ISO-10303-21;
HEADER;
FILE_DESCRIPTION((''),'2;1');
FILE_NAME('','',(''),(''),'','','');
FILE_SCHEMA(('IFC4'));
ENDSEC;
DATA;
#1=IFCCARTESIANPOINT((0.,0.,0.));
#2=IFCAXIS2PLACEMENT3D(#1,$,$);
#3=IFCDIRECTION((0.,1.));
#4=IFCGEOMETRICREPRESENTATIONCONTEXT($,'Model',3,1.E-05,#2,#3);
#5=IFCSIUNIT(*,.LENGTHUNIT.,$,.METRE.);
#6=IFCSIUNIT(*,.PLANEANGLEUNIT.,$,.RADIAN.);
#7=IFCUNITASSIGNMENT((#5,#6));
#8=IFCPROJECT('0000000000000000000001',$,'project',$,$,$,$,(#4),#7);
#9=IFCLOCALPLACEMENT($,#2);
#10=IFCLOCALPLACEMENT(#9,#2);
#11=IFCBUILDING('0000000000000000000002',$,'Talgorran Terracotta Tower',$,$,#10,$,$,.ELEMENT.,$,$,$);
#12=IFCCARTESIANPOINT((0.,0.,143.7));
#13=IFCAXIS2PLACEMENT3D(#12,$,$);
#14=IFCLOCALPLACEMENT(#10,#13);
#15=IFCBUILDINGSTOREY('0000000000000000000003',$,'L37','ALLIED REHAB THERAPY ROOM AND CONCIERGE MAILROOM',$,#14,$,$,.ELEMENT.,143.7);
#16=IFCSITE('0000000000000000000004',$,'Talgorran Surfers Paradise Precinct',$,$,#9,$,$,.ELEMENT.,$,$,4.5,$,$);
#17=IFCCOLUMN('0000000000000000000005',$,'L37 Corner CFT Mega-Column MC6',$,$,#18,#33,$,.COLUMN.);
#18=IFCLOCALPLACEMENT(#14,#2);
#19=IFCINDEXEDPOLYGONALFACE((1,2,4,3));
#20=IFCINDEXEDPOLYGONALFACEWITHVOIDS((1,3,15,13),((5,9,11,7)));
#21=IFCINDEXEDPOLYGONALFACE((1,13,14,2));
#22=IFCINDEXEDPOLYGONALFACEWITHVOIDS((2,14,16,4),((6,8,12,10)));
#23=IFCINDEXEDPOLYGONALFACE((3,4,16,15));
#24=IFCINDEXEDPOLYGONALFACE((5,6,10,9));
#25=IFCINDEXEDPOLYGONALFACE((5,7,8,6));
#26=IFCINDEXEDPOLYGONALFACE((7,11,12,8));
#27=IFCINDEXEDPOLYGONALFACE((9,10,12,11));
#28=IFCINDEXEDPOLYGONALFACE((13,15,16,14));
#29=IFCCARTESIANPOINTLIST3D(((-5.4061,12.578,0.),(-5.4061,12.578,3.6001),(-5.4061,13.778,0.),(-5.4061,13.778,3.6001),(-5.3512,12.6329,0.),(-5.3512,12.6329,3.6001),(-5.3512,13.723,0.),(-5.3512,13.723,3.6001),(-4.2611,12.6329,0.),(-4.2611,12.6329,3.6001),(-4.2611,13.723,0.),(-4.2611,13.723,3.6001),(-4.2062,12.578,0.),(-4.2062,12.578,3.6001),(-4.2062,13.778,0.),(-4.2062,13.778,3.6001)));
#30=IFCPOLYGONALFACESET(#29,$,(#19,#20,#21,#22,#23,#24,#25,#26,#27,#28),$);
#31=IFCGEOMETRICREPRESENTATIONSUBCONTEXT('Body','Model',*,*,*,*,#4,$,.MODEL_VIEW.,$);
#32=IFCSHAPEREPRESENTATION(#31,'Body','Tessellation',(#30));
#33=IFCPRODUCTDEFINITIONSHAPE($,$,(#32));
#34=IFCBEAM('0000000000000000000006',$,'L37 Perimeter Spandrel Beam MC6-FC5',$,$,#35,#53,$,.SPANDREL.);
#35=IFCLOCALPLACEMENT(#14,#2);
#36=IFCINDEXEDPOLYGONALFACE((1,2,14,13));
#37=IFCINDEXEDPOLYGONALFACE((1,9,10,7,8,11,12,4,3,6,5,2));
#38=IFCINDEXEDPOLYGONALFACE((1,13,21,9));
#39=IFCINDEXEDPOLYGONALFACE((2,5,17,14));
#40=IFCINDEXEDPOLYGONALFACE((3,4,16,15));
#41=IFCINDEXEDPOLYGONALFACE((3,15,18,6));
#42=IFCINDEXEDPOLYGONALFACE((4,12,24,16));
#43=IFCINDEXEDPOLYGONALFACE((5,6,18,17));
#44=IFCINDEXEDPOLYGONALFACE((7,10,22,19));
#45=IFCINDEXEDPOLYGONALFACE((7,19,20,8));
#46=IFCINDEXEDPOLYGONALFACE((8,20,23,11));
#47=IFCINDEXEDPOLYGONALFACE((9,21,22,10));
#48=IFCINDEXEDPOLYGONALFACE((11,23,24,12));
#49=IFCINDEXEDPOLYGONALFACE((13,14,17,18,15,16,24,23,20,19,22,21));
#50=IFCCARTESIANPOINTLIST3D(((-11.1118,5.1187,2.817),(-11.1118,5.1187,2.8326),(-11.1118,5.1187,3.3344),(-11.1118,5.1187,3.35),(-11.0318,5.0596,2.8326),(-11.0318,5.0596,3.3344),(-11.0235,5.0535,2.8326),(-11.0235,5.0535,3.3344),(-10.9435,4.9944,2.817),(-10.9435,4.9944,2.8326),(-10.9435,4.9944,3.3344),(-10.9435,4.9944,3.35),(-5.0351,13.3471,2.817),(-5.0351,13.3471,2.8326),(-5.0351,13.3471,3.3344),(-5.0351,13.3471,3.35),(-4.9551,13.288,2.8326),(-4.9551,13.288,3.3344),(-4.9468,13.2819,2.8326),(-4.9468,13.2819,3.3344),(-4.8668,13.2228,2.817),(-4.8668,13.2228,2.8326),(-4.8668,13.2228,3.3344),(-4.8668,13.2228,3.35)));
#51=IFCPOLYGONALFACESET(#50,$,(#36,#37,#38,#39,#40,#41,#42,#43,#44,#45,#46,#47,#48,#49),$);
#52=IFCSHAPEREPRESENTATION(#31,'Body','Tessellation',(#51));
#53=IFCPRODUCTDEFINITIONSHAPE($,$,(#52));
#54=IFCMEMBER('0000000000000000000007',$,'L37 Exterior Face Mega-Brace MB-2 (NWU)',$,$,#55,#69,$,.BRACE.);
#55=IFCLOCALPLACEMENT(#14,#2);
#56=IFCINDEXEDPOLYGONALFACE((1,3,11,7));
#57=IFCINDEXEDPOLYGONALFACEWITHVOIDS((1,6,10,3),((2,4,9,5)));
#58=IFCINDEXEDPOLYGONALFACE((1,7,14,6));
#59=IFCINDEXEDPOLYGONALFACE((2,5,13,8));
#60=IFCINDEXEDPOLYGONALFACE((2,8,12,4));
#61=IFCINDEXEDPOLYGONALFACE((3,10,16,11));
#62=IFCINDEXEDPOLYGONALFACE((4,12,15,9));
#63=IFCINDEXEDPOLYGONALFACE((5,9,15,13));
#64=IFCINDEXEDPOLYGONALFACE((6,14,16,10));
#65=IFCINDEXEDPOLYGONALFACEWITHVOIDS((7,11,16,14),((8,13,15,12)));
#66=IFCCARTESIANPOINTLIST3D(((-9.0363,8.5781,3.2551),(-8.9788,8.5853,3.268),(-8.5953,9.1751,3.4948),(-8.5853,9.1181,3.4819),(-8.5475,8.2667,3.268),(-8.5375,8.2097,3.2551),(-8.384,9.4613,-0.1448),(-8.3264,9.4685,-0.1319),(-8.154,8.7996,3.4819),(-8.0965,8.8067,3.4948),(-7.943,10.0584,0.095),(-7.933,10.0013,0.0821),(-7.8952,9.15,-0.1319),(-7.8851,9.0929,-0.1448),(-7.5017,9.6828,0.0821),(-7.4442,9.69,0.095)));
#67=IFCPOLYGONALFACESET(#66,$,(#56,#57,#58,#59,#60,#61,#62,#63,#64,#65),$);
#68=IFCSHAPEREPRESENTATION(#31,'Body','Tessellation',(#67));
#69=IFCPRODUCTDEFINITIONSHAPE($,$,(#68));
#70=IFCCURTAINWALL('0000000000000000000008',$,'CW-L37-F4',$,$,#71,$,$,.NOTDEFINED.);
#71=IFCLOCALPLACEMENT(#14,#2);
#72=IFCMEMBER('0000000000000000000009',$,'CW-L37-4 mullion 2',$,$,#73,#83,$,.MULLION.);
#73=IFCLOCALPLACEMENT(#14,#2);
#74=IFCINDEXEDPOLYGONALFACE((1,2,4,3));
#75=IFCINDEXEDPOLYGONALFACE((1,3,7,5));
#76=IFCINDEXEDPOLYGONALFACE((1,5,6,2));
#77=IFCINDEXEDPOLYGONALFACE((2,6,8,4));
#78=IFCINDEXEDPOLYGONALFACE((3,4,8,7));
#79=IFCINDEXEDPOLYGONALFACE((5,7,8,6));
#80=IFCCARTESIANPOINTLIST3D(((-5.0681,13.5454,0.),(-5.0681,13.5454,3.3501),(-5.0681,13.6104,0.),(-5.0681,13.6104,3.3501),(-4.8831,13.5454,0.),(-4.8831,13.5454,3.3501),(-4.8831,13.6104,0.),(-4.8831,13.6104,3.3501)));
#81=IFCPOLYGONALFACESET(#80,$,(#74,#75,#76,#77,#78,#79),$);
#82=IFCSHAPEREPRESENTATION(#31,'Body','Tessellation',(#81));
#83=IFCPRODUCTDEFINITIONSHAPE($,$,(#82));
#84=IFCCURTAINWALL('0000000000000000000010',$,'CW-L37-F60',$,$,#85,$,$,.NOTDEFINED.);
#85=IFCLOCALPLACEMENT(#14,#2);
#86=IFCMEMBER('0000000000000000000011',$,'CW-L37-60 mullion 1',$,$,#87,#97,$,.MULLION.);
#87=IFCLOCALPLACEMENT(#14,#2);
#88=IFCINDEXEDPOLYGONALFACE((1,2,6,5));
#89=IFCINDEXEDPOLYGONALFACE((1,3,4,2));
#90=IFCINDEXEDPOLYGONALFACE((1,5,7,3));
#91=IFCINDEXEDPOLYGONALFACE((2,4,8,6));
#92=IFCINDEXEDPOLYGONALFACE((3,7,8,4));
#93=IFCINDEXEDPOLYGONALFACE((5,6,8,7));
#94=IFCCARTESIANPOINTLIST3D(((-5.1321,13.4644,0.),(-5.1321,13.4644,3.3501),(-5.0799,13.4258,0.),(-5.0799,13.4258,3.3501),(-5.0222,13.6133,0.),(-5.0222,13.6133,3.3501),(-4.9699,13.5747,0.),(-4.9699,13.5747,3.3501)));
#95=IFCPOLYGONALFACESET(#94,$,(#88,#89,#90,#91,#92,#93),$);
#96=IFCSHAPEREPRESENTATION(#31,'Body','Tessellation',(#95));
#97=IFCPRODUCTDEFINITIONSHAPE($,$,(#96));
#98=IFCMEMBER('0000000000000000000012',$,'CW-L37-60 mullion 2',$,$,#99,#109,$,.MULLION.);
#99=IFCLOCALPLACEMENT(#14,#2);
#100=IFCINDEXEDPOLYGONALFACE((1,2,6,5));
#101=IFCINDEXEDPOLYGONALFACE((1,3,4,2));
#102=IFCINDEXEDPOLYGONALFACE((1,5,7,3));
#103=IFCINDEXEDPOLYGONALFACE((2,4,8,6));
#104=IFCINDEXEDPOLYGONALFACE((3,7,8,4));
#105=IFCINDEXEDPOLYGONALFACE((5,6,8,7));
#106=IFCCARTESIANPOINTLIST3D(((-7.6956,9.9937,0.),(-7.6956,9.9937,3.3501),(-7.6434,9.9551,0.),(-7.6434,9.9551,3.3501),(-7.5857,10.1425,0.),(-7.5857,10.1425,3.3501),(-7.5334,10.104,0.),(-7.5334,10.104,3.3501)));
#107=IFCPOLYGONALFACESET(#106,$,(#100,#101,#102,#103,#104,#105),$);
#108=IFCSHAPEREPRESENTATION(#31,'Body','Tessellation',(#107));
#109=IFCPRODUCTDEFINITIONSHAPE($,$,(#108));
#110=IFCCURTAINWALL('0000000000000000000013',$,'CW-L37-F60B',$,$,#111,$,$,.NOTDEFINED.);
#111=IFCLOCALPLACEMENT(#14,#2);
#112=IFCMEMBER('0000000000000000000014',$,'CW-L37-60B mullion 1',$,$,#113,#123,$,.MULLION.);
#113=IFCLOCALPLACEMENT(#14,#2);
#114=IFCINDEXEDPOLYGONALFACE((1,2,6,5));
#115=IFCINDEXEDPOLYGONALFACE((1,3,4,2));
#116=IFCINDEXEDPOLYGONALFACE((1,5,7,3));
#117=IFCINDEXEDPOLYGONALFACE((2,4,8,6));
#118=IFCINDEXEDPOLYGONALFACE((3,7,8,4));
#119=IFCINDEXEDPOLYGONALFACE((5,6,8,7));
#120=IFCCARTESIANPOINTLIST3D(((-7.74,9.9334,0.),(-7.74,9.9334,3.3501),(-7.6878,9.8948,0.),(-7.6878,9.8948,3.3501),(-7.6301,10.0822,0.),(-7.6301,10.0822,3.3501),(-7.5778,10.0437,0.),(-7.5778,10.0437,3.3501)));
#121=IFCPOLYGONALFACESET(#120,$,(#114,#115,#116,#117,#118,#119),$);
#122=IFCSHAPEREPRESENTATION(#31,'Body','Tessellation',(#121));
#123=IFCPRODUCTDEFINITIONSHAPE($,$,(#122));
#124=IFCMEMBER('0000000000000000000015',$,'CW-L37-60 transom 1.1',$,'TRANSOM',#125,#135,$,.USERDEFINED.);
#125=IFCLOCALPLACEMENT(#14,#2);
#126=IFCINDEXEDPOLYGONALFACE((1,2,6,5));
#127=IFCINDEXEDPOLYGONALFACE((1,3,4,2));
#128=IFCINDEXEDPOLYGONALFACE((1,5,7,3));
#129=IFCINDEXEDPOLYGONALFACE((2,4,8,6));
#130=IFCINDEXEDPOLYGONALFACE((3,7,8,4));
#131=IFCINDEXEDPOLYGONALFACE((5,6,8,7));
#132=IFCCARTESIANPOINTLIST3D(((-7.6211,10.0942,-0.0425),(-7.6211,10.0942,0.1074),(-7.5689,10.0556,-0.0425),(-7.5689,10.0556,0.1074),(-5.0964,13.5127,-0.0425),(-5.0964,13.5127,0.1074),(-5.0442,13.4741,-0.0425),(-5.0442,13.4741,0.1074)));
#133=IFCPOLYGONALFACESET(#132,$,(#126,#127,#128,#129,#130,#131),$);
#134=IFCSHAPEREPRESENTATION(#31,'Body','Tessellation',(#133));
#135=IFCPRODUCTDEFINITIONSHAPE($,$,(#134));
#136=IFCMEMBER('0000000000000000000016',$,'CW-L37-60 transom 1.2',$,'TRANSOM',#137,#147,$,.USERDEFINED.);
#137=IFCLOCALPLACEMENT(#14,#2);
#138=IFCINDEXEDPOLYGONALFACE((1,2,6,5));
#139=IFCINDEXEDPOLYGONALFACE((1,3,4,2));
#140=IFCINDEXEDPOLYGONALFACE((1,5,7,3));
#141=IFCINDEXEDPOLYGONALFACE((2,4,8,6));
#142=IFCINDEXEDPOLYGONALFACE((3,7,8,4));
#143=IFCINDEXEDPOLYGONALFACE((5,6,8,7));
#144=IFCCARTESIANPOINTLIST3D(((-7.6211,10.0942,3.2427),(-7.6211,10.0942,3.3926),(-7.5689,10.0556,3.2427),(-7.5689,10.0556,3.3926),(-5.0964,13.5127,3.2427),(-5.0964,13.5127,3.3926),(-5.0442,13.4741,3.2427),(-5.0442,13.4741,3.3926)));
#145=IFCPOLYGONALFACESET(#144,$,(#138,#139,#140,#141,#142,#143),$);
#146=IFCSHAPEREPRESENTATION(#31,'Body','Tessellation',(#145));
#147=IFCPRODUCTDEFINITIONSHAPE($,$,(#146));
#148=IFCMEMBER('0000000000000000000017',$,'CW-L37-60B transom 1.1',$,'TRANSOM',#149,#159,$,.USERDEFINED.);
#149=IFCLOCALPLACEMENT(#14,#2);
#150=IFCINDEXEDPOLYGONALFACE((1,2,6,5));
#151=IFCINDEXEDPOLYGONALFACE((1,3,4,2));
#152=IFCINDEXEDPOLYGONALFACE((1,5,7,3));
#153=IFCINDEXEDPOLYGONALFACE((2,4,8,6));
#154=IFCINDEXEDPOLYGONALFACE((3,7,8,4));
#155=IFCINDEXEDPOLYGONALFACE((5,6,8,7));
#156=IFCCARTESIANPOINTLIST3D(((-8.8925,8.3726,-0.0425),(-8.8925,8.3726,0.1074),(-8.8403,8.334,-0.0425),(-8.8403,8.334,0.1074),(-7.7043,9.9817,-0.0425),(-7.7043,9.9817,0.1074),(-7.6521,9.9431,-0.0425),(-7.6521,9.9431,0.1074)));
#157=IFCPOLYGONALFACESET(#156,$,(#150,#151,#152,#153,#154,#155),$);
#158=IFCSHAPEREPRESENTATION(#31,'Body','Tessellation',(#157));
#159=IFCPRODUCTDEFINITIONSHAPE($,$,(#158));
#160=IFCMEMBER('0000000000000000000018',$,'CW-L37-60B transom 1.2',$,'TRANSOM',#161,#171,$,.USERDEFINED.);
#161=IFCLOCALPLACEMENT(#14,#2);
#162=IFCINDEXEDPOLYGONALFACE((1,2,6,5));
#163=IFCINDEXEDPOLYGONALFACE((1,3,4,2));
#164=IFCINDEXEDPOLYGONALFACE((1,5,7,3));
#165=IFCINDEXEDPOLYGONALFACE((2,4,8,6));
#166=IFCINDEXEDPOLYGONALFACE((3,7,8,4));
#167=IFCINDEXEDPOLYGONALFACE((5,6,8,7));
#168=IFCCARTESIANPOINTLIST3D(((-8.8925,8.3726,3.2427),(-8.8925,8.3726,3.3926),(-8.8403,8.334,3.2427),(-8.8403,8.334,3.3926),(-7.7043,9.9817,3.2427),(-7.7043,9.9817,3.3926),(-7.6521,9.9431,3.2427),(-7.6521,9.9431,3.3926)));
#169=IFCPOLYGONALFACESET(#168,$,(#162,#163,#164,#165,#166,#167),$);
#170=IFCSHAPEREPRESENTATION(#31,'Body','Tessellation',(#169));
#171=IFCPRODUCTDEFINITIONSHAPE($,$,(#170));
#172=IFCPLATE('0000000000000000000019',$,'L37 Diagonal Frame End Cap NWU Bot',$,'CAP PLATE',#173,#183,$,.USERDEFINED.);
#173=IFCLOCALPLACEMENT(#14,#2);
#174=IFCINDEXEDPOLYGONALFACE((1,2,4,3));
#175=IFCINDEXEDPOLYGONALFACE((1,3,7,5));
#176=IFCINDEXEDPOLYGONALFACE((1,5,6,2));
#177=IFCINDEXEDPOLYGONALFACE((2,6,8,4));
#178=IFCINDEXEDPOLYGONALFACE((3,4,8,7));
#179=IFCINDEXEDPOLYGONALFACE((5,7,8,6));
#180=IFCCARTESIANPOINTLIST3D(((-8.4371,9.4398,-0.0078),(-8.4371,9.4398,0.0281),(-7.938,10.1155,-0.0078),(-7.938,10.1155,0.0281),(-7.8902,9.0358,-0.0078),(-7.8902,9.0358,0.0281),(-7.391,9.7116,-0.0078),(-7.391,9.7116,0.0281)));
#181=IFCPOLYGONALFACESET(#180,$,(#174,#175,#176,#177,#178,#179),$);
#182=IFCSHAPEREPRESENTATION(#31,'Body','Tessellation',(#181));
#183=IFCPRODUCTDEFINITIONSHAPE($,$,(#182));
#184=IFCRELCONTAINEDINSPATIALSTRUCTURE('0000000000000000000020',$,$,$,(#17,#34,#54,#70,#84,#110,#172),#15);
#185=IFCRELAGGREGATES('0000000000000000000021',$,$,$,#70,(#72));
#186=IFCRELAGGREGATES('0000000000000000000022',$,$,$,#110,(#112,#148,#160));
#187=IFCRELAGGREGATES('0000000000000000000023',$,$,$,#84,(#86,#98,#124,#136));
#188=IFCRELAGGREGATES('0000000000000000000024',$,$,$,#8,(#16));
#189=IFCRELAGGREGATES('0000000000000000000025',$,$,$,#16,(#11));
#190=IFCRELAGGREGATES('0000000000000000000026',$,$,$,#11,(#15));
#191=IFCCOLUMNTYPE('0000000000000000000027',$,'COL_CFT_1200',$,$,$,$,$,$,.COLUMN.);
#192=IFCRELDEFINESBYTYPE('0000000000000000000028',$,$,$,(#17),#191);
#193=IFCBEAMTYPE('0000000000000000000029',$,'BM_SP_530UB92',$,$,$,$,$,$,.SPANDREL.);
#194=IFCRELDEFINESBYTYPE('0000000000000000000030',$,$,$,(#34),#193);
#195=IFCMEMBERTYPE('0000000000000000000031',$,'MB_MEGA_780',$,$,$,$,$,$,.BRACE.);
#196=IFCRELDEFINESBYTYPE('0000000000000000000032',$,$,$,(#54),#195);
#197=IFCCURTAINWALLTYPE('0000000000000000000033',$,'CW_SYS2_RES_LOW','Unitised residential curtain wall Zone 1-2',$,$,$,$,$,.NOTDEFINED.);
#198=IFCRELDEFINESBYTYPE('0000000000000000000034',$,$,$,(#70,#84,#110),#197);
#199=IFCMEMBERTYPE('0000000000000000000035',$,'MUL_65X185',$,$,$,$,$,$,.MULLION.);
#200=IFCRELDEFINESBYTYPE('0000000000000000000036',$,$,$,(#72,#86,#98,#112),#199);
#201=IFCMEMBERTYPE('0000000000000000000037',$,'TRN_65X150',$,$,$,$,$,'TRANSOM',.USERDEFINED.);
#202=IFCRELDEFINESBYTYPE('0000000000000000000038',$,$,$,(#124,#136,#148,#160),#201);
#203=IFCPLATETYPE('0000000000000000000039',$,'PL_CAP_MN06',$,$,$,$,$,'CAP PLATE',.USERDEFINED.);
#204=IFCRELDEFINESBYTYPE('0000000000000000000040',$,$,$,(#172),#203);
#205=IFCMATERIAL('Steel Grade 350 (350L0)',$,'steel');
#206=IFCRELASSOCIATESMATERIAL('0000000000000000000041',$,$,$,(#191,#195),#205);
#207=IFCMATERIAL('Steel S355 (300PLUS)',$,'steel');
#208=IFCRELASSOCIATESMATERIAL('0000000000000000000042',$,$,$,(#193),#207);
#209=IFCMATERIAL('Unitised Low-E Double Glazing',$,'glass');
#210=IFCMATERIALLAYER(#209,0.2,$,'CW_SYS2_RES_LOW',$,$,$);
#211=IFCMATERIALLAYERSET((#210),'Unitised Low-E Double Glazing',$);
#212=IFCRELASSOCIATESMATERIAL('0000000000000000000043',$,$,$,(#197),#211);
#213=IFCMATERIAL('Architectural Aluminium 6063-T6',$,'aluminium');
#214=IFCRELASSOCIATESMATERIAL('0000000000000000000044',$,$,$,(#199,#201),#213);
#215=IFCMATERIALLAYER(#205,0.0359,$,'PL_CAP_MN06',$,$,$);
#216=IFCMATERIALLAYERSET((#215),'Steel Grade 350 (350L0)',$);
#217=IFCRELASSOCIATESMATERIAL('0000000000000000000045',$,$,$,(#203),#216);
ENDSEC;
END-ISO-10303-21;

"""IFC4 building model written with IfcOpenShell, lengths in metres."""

from ifc_helpers import new_model, si_unit, direction, frame, origin, origin_2d, place, context, subcontext, project, spatial, rectangle, hollow_rectangle, i_section, extrude, material, layer, layer_set, material_profile, profile_set, type_object, element, aggregate, save


model = new_model("IFC4")

# Units and contexts
model_context = context("Model", 3, precision=1e-05, world=origin(), true_north=direction((0.0, 1.0)))
body_context = subcontext(model_context, "Body", "Model", "MODEL_VIEW")
ifc_project = project(units=[si_unit("LENGTHUNIT", "METRE"), si_unit("PLANEANGLEUNIT", "RADIAN")], contexts=[model_context])

# Site, building, storey
site_placement = place(None, origin())
site = spatial("IfcSite", under=ifc_project, at=site_placement, Name="Talgorran Surfers Paradise Precinct", CompositionType="ELEMENT", RefElevation=4.5)
building_placement = place(site_placement, origin())
building = spatial("IfcBuilding", under=site, at=building_placement, Name="Talgorran Terracotta Tower", CompositionType="ELEMENT")
storey_placement = place(building_placement, frame((0.0, 0.0, 143.7)))
storey = spatial("IfcBuildingStorey", under=building, at=storey_placement, Name="L37", Description="ALLIED REHAB THERAPY ROOM AND CONCIERGE MAILROOM", CompositionType="ELEMENT", Elevation=143.7)

# Column
ifc_material_1 = material(Name="Steel Grade 350 (350L0)", Category="steel")
ifc_material_profile_1 = material_profile(ifc_material_1, hollow_rectangle(XDim=1.2, YDim=1.2, WallThickness=0.0549, at=origin_2d()), Name="CFT1200X1200X55")
ifc_profile_set_1 = profile_set([ifc_material_profile_1], Name="Steel Grade 350 (350L0)")
column_type = type_object("IfcColumnType", Name="COL_CFT_1200", PredefinedType="COLUMN", material=ifc_profile_set_1)
column_placement = place(storey_placement, frame((-4.8062, 13.178, 0.0), z_axis=(0.0, 0.0, 1.0), x_axis=(1.0, 0.0, 0.0)))
element("IfcColumn", 1, at=column_placement, inside=storey, type_object=column_type, Name="L37 Corner CFT Mega-Column MC6", PredefinedType="COLUMN", context=body_context, shape_type="SweptSolid", body=[
    extrude(hollow_rectangle(XDim=1.2, YDim=1.2, WallThickness=0.0549, at=origin_2d()), origin(), (0.0, 0.0, 1.0), 3.6001),
])

# Beam
ifc_material_2 = material(Name="Steel S355 (300PLUS)", Category="steel")
ifc_material_profile_2 = material_profile(ifc_material_2, i_section(OverallWidth=0.2092, OverallDepth=0.533, WebThickness=0.0103, FlangeThickness=0.0156, at=origin_2d()), Name="530UB92.4")
ifc_profile_set_2 = profile_set([ifc_material_profile_2], Name="Steel S355 (300PLUS)")
beam_type = type_object("IfcBeamType", Name="BM_SP_530UB92", PredefinedType="SPANDREL", material=ifc_profile_set_2)
beam_placement = place(storey_placement, frame((-4.9509, 13.2849, 3.0835), z_axis=(-0.594068, -0.804415, 0.0), x_axis=(0.804415, -0.594068, 0.0)))
element("IfcBeam", 2, at=beam_placement, inside=storey, type_object=beam_type, Name="L37 Perimeter Spandrel Beam MC6-FC5", PredefinedType="SPANDREL", context=body_context, shape_type="SweptSolid", body=[
    extrude(i_section(OverallWidth=0.2092, OverallDepth=0.533, WebThickness=0.0103, FlangeThickness=0.0156, at=origin_2d()), origin(), (0.0, 0.0, 1.0), 10.229),
])

# Member
ifc_material_profile_3 = material_profile(ifc_material_1, hollow_rectangle(XDim=0.6201, YDim=0.78, WallThickness=0.042, at=origin_2d()), Name="WBOX780X620X42")
ifc_profile_set_3 = profile_set([ifc_material_profile_3], Name="Steel Grade 350 (350L0)")
member_type_1 = type_object("IfcMemberType", Name="MB_MEGA_780", PredefinedType="BRACE", material=ifc_profile_set_3)
member_1_placement = place(storey_placement, frame((-7.9141, 9.5757, -0.0249), z_axis=(-0.182585, -0.247227, 0.951599), x_axis=(0.804407, -0.594078, 0.0)))
element("IfcMember", 3, at=member_1_placement, inside=storey, type_object=member_type_1, Name="L37 Exterior Face Mega-Brace MB-2 (NWU)", PredefinedType="BRACE", context=body_context, shape_type="SweptSolid", body=[
    extrude(hollow_rectangle(XDim=0.6201, YDim=0.78, WallThickness=0.042, at=origin_2d()), origin(), (0.0, 0.0, 1.0), 3.5728),
])

# Curtain wall, member
ifc_material_3 = material(Name="Unitised Low-E Double Glazing", Category="glass")
ifc_layer_1 = layer(ifc_material_3, 0.2, Name="CW_SYS2_RES_LOW")
ifc_layer_set_1 = layer_set([ifc_layer_1], Name="Unitised Low-E Double Glazing")
curtain_wall_type = type_object("IfcCurtainWallType", Name="CW_SYS2_RES_LOW", Description="Unitised residential curtain wall Zone 1-2", PredefinedType="NOTDEFINED", material=ifc_layer_set_1)
curtain_wall_1_placement = place(storey_placement, origin())
curtain_wall_1 = element("IfcCurtainWall", 4, at=curtain_wall_1_placement, inside=storey, type_object=curtain_wall_type, Name="CW-L37-F4", PredefinedType="NOTDEFINED")
ifc_material_4 = material(Name="Architectural Aluminium 6063-T6", Category="aluminium")
ifc_material_profile_4 = material_profile(ifc_material_4, rectangle(XDim=0.0649, YDim=0.1851, at=origin_2d()), Name="CWM65X185")
ifc_profile_set_4 = profile_set([ifc_material_profile_4], Name="Architectural Aluminium 6063-T6")
member_type_2 = type_object("IfcMemberType", Name="MUL_65X185", PredefinedType="MULLION", material=ifc_profile_set_4)
member_2_placement = place(storey_placement, frame((-4.9756, 13.5779, 0.0), z_axis=(0.0, 0.0, 1.0), x_axis=(0.0, -1.0, 0.0)))
member_2 = element("IfcMember", 5, at=member_2_placement, type_object=member_type_2, Name="CW-L37-4 mullion 2", PredefinedType="MULLION", context=body_context, shape_type="SweptSolid", body=[
    extrude(rectangle(XDim=0.0649, YDim=0.1851, at=origin_2d()), origin(), (0.0, 0.0, 1.0), 3.3501),
])
aggregate(curtain_wall_1, [member_2])

# Curtain wall, members
curtain_wall_2_placement = place(storey_placement, origin())
curtain_wall_2 = element("IfcCurtainWall", 6, at=curtain_wall_2_placement, inside=storey, type_object=curtain_wall_type, Name="CW-L37-F60", PredefinedType="NOTDEFINED")
member_3_placement = place(storey_placement, frame((-5.051, 13.5195, 0.0), z_axis=(0.0, 0.0, 1.0), x_axis=(0.804409, -0.594076, 0.0)))
member_3 = element("IfcMember", 7, at=member_3_placement, type_object=member_type_2, Name="CW-L37-60 mullion 1", PredefinedType="MULLION", context=body_context, shape_type="SweptSolid", body=[
    extrude(rectangle(XDim=0.0649, YDim=0.1851, at=origin_2d()), origin(), (0.0, 0.0, 1.0), 3.3501),
])
member_4_placement = place(storey_placement, frame((-7.6145, 10.0488, 0.0), z_axis=(0.0, 0.0, 1.0), x_axis=(0.804409, -0.594076, 0.0)))
member_4 = element("IfcMember", 8, at=member_4_placement, type_object=member_type_2, Name="CW-L37-60 mullion 2", PredefinedType="MULLION", context=body_context, shape_type="SweptSolid", body=[
    extrude(rectangle(XDim=0.0649, YDim=0.1851, at=origin_2d()), origin(), (0.0, 0.0, 1.0), 3.3501),
])

# Curtain wall, member
curtain_wall_3_placement = place(storey_placement, origin())
curtain_wall_3 = element("IfcCurtainWall", 9, at=curtain_wall_3_placement, inside=storey, type_object=curtain_wall_type, Name="CW-L37-F60B", PredefinedType="NOTDEFINED")
member_5_placement = place(storey_placement, frame((-7.6589, 9.9885, 0.0), z_axis=(0.0, 0.0, 1.0), x_axis=(0.804417, -0.594065, 0.0)))
member_5 = element("IfcMember", 10, at=member_5_placement, type_object=member_type_2, Name="CW-L37-60B mullion 1", PredefinedType="MULLION", context=body_context, shape_type="SweptSolid", body=[
    extrude(rectangle(XDim=0.0649, YDim=0.1851, at=origin_2d()), origin(), (0.0, 0.0, 1.0), 3.3501),
])

# Members
ifc_material_profile_5 = material_profile(ifc_material_4, rectangle(XDim=0.0649, YDim=0.1499, at=origin_2d()), Name="CWT65X150")
ifc_profile_set_5 = profile_set([ifc_material_profile_5], Name="Architectural Aluminium 6063-T6")
member_type_3 = type_object("IfcMemberType", Name="TRN_65X150", ElementType="TRANSOM", PredefinedType="USERDEFINED", material=ifc_profile_set_5)
member_6_placement = place(storey_placement, frame((-5.0703, 13.4934, 0.0325), z_axis=(-0.594082, -0.804404, 0.0), x_axis=(0.804404, -0.594082, 0.0)))
member_6 = element("IfcMember", 11, at=member_6_placement, type_object=member_type_3, Name="CW-L37-60 transom 1.1", ObjectType="TRANSOM", PredefinedType="USERDEFINED", context=body_context, shape_type="SweptSolid", body=[
    extrude(rectangle(XDim=0.0649, YDim=0.1499, at=origin_2d()), origin(), (0.0, 0.0, 1.0), 4.2498),
])
member_7_placement = place(storey_placement, frame((-5.0703, 13.4934, 3.3176), z_axis=(-0.594082, -0.804404, 0.0), x_axis=(0.804404, -0.594082, 0.0)))
member_7 = element("IfcMember", 12, at=member_7_placement, type_object=member_type_3, Name="CW-L37-60 transom 1.2", ObjectType="TRANSOM", PredefinedType="USERDEFINED", context=body_context, shape_type="SweptSolid", body=[
    extrude(rectangle(XDim=0.0649, YDim=0.1499, at=origin_2d()), origin(), (0.0, 0.0, 1.0), 4.2498),
])
member_8_placement = place(storey_placement, frame((-7.6782, 9.9624, 0.0325), z_axis=(-0.594027, -0.804445, 0.0), x_axis=(0.804445, -0.594027, 0.0)))
member_8 = element("IfcMember", 13, at=member_8_placement, type_object=member_type_3, Name="CW-L37-60B transom 1.1", ObjectType="TRANSOM", PredefinedType="USERDEFINED", context=body_context, shape_type="SweptSolid", body=[
    extrude(rectangle(XDim=0.0649, YDim=0.1499, at=origin_2d()), origin(), (0.0, 0.0, 1.0), 2.0002),
])
member_9_placement = place(storey_placement, frame((-7.6782, 9.9624, 3.3176), z_axis=(-0.594027, -0.804445, 0.0), x_axis=(0.804445, -0.594027, 0.0)))
member_9 = element("IfcMember", 14, at=member_9_placement, type_object=member_type_3, Name="CW-L37-60B transom 1.2", ObjectType="TRANSOM", PredefinedType="USERDEFINED", context=body_context, shape_type="SweptSolid", body=[
    extrude(rectangle(XDim=0.0649, YDim=0.1499, at=origin_2d()), origin(), (0.0, 0.0, 1.0), 2.0002),
])

# Plate
ifc_layer_2 = layer(ifc_material_1, 0.0359, Name="PL_CAP_MN06")
ifc_layer_set_2 = layer_set([ifc_layer_2], Name="Steel Grade 350 (350L0)")
plate_type_1 = type_object("IfcPlateType", Name="PL_CAP_MN06", ElementType="CAP PLATE", PredefinedType="USERDEFINED", material=ifc_layer_set_2)
for number, where, z_axis, x_axis, name in (
    (15, (-7.9141, 9.5757, -0.0078), (0.0, 0.0, 1.0), (-0.594121, -0.804376, 0.0), "L37 Diagonal Frame End Cap NWU Bot"),
):
    element("IfcPlate", number, at=place(storey_placement, frame(where, z_axis=z_axis, x_axis=x_axis)), inside=storey, type_object=plate_type_1, Name=name, ObjectType="CAP PLATE", PredefinedType="USERDEFINED", context=body_context, shape_type="SweptSolid", body=[
        extrude(rectangle(XDim=0.8401, YDim=0.6799, at=origin_2d()), origin(), (0.0, 0.0, 1.0), 0.0359),
    ])

aggregate(curtain_wall_3, [member_5, member_8, member_9])
aggregate(curtain_wall_2, [member_3, member_4, member_6, member_7])

save(model, "model.ifc")
